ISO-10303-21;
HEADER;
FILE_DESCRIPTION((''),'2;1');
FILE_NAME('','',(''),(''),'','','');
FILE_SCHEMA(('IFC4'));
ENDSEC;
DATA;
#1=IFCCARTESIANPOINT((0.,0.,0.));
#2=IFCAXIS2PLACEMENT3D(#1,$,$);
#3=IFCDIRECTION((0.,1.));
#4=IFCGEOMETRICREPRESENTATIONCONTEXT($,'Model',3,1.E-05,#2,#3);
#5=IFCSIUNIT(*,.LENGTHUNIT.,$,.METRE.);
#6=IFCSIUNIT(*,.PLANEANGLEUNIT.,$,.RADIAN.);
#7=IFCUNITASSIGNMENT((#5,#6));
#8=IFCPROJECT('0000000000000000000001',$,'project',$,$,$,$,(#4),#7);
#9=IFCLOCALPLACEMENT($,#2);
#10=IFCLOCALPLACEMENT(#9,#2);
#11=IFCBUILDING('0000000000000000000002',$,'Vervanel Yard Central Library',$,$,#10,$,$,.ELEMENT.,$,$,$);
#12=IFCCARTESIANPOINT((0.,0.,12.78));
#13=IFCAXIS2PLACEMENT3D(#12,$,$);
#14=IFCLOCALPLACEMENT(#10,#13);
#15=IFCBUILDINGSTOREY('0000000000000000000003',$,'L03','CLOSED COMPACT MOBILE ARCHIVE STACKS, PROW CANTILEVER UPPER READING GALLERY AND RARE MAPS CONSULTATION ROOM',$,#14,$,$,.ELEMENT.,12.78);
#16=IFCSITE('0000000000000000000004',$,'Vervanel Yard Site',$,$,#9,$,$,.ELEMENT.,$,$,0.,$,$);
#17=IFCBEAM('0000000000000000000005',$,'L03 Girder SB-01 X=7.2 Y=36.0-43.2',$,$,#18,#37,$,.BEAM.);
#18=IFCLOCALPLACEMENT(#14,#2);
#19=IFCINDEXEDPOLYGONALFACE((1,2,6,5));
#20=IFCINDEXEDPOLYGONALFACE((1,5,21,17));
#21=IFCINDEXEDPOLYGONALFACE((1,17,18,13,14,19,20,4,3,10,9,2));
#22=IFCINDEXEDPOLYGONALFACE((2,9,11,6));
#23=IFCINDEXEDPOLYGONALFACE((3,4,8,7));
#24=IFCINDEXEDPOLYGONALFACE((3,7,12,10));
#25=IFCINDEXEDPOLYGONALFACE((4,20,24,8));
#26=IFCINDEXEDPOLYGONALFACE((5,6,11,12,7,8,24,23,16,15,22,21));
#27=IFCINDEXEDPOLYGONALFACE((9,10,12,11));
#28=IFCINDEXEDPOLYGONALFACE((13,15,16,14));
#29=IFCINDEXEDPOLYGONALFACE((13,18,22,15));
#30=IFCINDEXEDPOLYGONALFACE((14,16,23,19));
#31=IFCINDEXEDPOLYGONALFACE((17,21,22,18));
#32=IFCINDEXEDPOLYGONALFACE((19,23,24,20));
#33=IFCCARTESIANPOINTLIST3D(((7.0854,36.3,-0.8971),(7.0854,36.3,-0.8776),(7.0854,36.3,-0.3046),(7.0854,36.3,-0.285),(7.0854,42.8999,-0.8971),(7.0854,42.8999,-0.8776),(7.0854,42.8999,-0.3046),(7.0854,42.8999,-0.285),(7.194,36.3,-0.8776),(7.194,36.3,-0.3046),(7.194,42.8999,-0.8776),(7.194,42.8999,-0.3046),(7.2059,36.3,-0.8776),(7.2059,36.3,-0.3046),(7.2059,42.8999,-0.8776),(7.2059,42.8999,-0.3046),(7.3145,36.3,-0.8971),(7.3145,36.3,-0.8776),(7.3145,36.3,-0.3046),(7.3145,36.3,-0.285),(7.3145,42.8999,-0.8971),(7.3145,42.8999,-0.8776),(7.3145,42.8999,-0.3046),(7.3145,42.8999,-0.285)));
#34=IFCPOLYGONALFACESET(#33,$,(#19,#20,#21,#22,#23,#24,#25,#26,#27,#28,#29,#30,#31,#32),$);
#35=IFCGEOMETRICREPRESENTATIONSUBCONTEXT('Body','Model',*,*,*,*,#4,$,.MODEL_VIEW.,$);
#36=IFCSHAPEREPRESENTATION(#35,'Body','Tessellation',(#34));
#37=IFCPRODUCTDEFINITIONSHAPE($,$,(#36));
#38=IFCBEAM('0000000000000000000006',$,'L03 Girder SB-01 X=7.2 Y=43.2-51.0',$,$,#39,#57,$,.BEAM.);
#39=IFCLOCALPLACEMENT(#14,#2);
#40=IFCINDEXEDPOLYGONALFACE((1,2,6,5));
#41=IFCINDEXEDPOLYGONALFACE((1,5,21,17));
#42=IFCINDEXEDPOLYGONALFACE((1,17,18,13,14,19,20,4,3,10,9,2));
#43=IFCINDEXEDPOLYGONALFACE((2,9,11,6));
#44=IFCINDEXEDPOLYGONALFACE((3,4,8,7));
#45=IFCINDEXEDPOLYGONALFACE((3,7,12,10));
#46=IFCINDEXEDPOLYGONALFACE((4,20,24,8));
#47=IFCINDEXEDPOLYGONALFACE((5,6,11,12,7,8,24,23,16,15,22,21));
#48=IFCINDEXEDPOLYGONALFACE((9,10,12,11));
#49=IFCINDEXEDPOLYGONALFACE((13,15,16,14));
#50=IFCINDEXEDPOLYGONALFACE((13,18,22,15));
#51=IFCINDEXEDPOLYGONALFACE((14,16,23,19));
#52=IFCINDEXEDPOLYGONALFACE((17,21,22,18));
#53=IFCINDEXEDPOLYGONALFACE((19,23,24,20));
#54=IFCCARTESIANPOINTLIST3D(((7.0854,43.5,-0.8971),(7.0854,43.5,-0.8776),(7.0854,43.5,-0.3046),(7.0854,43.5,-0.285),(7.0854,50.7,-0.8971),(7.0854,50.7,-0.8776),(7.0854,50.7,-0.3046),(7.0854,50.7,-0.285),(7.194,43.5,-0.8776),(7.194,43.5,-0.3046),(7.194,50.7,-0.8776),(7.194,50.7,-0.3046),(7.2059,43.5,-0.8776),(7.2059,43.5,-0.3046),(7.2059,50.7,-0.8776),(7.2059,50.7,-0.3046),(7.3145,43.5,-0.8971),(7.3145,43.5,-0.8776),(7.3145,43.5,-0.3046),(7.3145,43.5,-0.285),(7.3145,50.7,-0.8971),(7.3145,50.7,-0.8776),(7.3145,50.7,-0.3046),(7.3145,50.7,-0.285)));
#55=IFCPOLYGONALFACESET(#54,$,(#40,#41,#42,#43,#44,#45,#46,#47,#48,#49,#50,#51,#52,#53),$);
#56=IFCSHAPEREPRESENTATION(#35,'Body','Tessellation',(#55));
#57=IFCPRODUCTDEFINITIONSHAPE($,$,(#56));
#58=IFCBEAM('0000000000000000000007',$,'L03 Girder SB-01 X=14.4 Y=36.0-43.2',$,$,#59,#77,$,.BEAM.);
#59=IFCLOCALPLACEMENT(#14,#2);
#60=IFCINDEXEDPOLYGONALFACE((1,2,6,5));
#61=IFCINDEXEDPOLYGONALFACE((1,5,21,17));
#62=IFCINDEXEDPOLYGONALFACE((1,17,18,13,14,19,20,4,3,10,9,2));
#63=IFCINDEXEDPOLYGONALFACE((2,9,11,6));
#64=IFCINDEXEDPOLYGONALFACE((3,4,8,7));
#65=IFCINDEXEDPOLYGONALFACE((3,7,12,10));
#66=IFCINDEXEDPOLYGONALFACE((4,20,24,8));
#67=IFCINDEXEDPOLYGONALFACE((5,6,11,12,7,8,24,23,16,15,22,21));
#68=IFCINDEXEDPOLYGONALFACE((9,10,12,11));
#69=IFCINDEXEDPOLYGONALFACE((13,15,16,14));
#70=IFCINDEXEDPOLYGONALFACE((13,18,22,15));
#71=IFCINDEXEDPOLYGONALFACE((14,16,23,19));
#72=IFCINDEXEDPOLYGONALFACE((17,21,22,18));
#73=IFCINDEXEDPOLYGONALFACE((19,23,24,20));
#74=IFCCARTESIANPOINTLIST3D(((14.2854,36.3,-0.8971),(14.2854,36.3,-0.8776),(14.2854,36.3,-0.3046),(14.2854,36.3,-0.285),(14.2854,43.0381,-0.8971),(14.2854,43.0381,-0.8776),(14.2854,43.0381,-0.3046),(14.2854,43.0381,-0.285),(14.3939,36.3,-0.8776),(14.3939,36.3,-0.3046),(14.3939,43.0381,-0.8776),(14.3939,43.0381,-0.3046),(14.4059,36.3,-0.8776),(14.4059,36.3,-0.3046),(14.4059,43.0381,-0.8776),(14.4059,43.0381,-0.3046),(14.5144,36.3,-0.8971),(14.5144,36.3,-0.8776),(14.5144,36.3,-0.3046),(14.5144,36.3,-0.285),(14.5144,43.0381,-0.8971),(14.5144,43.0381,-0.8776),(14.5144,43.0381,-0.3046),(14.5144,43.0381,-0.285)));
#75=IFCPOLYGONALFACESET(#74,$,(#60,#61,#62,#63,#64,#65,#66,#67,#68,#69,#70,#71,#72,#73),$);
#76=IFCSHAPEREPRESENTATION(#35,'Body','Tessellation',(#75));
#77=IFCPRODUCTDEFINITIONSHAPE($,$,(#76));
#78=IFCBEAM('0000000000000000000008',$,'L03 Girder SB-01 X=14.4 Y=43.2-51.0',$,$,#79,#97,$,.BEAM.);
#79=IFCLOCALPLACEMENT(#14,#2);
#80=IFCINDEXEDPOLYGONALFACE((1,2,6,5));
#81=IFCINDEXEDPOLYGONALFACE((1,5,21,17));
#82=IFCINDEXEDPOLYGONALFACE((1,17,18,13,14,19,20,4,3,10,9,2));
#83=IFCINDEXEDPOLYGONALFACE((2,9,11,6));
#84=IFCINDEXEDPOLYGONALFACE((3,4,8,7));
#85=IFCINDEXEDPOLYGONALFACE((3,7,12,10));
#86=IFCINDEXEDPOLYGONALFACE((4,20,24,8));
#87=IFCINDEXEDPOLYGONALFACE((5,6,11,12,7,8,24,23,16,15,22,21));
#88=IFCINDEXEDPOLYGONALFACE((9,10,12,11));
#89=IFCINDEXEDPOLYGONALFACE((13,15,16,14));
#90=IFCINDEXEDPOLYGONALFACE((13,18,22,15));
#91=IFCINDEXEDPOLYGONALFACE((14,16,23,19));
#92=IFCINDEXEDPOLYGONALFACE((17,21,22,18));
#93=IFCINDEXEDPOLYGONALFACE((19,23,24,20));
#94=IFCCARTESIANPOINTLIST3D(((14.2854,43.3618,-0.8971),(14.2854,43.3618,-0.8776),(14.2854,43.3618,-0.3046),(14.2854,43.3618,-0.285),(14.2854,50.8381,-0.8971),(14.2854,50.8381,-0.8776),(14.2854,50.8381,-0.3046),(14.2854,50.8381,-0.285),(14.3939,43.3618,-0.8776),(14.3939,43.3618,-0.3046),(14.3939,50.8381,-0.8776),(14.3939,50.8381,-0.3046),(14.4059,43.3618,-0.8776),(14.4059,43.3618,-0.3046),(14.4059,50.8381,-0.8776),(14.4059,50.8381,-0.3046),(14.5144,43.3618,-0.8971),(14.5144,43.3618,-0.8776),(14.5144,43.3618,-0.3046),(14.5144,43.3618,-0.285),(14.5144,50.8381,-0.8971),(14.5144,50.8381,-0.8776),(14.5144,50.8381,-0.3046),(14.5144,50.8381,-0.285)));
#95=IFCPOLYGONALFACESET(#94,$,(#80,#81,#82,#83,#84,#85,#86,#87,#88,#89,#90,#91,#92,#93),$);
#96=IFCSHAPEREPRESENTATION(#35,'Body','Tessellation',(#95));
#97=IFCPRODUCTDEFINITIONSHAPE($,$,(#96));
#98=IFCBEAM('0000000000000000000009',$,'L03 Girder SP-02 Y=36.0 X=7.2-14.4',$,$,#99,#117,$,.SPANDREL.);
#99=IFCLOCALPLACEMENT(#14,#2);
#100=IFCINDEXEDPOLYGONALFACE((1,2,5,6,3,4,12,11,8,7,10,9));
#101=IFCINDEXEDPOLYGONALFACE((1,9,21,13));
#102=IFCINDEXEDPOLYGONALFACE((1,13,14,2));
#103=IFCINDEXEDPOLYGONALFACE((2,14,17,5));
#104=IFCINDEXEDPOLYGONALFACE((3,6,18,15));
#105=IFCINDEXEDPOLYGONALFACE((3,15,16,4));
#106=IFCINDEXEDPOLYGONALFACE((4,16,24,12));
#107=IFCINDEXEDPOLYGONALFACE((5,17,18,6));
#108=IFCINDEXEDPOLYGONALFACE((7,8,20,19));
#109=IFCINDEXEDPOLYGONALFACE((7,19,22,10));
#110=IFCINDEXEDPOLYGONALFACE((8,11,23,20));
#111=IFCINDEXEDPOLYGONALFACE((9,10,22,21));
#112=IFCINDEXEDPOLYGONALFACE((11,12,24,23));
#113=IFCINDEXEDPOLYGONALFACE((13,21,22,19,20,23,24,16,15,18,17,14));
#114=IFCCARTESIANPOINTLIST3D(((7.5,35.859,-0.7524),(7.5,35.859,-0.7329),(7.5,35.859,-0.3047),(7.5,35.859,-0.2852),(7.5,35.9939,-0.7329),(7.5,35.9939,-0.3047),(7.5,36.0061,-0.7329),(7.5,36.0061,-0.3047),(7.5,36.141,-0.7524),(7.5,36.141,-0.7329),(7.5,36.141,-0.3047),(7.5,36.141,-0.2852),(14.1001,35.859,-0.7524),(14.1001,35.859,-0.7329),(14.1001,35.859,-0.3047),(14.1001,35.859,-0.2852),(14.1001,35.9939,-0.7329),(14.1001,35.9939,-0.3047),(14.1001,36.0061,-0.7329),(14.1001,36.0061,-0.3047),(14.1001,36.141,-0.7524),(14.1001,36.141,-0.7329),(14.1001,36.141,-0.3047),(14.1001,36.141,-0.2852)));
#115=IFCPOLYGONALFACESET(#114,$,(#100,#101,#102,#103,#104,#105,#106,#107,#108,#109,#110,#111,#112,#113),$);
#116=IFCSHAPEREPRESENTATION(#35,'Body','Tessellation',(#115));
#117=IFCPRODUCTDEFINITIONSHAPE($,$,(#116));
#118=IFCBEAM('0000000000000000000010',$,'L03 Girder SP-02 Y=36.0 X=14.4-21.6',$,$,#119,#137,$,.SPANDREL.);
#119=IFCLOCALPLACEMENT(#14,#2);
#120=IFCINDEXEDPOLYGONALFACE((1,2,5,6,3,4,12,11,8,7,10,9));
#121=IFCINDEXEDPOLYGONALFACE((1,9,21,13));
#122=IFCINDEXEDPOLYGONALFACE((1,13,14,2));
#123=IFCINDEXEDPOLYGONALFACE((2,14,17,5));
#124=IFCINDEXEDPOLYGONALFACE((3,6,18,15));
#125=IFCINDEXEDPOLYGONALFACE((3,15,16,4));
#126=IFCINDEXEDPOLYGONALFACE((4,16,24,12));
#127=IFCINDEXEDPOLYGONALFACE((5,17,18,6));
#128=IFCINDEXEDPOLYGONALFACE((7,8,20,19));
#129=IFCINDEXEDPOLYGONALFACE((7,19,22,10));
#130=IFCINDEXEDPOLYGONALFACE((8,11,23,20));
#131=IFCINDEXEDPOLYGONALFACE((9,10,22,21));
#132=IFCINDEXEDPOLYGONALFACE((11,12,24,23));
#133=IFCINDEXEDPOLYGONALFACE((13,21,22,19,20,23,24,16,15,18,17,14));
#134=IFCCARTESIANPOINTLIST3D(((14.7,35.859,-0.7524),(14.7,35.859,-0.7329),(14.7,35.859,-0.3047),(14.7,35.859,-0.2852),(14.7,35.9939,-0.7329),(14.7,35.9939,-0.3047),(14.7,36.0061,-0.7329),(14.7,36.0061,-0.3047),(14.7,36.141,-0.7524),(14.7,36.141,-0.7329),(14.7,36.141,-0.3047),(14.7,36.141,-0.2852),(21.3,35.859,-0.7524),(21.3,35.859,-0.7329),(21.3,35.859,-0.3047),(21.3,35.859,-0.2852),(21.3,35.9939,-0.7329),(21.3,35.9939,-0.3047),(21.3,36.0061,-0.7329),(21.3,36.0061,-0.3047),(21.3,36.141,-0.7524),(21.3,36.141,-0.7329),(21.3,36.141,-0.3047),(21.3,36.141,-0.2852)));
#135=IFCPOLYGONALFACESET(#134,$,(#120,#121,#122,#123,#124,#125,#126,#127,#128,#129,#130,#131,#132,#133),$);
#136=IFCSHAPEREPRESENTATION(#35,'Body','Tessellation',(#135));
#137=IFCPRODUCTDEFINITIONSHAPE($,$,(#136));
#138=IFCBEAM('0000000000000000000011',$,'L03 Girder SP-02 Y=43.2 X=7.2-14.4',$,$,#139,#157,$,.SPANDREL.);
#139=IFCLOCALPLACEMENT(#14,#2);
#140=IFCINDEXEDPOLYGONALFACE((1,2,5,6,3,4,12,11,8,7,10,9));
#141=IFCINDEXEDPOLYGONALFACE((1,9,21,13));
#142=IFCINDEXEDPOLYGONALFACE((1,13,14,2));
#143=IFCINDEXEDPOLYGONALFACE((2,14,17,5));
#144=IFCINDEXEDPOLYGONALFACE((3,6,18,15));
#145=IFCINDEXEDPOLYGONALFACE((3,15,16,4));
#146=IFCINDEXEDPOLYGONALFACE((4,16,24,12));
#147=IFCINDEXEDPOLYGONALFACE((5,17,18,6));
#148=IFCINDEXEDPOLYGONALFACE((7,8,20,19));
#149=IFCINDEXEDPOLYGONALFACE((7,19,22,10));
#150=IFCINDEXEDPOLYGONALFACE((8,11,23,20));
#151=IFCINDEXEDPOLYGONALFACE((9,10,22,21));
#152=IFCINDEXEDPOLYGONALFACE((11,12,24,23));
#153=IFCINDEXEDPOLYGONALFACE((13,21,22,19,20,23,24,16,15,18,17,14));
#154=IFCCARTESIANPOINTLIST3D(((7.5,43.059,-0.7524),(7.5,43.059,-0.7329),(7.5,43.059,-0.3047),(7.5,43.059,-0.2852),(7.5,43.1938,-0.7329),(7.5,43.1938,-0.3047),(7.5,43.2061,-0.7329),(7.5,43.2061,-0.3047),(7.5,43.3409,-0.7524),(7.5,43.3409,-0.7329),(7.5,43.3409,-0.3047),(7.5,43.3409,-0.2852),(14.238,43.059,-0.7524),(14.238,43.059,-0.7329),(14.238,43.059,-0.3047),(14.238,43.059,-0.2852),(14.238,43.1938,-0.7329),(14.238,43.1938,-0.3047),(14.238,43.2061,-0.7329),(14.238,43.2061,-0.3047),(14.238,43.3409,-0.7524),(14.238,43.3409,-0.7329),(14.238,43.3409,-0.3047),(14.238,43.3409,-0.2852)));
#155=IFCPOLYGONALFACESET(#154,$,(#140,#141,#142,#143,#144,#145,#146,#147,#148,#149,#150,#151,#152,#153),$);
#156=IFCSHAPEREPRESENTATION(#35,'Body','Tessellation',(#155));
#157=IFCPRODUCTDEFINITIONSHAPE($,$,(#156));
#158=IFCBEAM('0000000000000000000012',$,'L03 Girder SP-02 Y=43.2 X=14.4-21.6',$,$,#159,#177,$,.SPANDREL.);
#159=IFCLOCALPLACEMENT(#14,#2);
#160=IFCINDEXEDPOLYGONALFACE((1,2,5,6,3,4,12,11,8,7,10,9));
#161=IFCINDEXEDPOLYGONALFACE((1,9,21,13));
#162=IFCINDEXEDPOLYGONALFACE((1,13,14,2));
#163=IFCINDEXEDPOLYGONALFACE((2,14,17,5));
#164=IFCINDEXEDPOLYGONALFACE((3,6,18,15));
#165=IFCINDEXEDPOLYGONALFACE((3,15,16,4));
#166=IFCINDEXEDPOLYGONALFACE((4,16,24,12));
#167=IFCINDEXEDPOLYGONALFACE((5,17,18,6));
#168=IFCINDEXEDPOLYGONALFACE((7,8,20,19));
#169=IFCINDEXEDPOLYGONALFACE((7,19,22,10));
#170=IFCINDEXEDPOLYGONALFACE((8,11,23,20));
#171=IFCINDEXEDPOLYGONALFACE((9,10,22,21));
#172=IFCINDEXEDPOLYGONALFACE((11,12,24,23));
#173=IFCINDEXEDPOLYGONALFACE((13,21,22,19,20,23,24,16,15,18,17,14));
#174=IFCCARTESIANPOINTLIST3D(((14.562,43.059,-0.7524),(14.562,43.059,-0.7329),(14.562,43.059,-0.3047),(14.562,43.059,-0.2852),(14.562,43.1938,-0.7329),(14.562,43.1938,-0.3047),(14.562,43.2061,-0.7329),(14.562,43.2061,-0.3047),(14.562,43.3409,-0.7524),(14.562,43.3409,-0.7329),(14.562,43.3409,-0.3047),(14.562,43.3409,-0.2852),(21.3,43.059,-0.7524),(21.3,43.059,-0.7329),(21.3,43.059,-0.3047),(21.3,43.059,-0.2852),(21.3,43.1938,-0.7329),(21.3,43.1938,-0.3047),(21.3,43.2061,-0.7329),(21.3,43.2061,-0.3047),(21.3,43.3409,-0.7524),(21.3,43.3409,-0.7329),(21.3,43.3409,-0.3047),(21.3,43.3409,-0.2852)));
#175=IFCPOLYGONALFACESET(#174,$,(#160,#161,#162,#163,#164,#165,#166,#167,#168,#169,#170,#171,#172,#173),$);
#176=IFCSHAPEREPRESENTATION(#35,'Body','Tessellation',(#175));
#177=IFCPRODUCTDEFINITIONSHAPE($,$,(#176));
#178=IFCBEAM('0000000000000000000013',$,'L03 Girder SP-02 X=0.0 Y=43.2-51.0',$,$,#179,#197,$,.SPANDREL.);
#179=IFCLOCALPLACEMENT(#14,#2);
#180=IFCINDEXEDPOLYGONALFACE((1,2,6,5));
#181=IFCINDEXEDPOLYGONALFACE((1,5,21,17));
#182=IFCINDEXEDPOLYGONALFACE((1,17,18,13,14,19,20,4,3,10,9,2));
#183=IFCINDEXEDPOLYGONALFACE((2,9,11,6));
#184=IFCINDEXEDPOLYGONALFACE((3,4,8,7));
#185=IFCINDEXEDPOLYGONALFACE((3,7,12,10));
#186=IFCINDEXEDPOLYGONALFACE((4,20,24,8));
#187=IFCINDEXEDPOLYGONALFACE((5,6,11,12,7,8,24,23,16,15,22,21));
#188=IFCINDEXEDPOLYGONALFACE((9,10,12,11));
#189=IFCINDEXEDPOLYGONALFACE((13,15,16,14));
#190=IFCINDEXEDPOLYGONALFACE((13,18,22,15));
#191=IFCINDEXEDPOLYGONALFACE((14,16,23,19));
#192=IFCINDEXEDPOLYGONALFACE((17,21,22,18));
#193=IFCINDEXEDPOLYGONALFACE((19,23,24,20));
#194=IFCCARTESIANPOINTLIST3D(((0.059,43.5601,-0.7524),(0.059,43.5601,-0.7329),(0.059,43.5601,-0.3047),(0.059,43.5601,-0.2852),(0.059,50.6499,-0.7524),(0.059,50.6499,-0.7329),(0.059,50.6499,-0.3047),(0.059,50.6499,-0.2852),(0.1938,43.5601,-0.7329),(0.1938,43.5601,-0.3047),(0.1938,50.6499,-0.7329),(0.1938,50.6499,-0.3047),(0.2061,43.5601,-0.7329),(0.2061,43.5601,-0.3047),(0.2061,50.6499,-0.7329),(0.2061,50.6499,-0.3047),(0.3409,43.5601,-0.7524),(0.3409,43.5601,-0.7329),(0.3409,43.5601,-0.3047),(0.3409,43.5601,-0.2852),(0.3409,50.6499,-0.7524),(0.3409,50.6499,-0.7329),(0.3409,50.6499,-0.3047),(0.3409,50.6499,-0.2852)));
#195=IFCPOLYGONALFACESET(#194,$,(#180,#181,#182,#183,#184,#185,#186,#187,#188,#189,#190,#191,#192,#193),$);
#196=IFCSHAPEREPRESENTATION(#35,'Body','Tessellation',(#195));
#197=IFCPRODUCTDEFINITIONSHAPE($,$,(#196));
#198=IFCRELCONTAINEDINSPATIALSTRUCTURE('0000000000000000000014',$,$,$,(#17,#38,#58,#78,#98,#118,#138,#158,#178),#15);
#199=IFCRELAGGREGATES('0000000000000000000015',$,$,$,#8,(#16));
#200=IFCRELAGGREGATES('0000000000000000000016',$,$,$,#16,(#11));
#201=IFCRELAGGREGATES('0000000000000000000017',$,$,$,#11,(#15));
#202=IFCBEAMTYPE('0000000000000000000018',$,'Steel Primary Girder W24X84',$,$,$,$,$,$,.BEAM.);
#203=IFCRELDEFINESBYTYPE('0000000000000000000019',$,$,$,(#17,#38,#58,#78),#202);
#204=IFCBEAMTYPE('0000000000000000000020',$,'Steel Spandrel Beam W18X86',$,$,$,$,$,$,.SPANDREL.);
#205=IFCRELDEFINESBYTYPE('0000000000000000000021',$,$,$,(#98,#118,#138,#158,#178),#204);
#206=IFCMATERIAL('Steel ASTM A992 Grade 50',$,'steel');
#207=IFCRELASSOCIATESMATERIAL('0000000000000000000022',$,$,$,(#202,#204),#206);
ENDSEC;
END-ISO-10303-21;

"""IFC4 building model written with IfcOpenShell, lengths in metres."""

from ifc_helpers import new_model, si_unit, direction, frame, origin, origin_2d, place, context, subcontext, project, spatial, i_section, extrude, material, material_profile, profile_set, type_object, element, save


model = new_model("IFC4")

# Units and contexts
model_context = context("Model", 3, precision=1e-05, world=origin(), true_north=direction((0.0, 1.0)))
body_context = subcontext(model_context, "Body", "Model", "MODEL_VIEW")
ifc_project = project(units=[si_unit("LENGTHUNIT", "METRE"), si_unit("PLANEANGLEUNIT", "RADIAN")], contexts=[model_context])

# Site, building, storey
site_placement = place(None, origin())
site = spatial("IfcSite", under=ifc_project, at=site_placement, Name="Vervanel Yard Site", CompositionType="ELEMENT", RefElevation=0.0)
building_placement = place(site_placement, origin())
building = spatial("IfcBuilding", under=site, at=building_placement, Name="Vervanel Yard Central Library", CompositionType="ELEMENT")
storey_placement = place(building_placement, frame((0.0, 0.0, 12.78)))
storey = spatial("IfcBuildingStorey", under=building, at=storey_placement, Name="L03", Description="CLOSED COMPACT MOBILE ARCHIVE STACKS, PROW CANTILEVER UPPER READING GALLERY AND RARE MAPS CONSULTATION ROOM", CompositionType="ELEMENT", Elevation=12.78)

# Shared definitions
ifc_material_1 = material(Name="Steel ASTM A992 Grade 50", Category="steel")

# Beams
ifc_material_profile_1 = material_profile(ifc_material_1, i_section(OverallWidth=0.229, OverallDepth=0.6121, WebThickness=0.012, FlangeThickness=0.0195, at=origin_2d()), Name="W24X84", Category="steel")
ifc_profile_set_1 = profile_set([ifc_material_profile_1], Name="Steel ASTM A992 Grade 50")
beam_type_1 = type_object("IfcBeamType", Name="Steel Primary Girder W24X84", PredefinedType="BEAM", material=ifc_profile_set_1)
beam_1_placement = place(storey_placement, frame((7.2, 36.3, -0.5911), z_axis=(0.0, 1.0, 0.0), x_axis=(-1.0, 0.0, 0.0)))
element("IfcBeam", 1, at=beam_1_placement, inside=storey, type_object=beam_type_1, Name="L03 Girder SB-01 X=7.2 Y=36.0-43.2", PredefinedType="BEAM", context=body_context, shape_type="SweptSolid", body=[
    extrude(i_section(OverallWidth=0.229, OverallDepth=0.6121, WebThickness=0.012, FlangeThickness=0.0195, at=origin_2d()), origin(), (0.0, 0.0, 1.0), 6.5999),
])
beam_2_placement = place(storey_placement, frame((7.2, 43.5, -0.5911), z_axis=(0.0, 1.0, 0.0), x_axis=(-1.0, 0.0, 0.0)))
element("IfcBeam", 2, at=beam_2_placement, inside=storey, type_object=beam_type_1, Name="L03 Girder SB-01 X=7.2 Y=43.2-51.0", PredefinedType="BEAM", context=body_context, shape_type="SweptSolid", body=[
    extrude(i_section(OverallWidth=0.229, OverallDepth=0.6121, WebThickness=0.012, FlangeThickness=0.0195, at=origin_2d()), origin(), (0.0, 0.0, 1.0), 7.2),
])
beam_3_placement = place(storey_placement, frame((14.3999, 36.3, -0.5911), z_axis=(0.0, 1.0, 0.0), x_axis=(-1.0, 0.0, 0.0)))
element("IfcBeam", 3, at=beam_3_placement, inside=storey, type_object=beam_type_1, Name="L03 Girder SB-01 X=14.4 Y=36.0-43.2", PredefinedType="BEAM", context=body_context, shape_type="SweptSolid", body=[
    extrude(i_section(OverallWidth=0.229, OverallDepth=0.6121, WebThickness=0.012, FlangeThickness=0.0195, at=origin_2d()), origin(), (0.0, 0.0, 1.0), 6.738),
])
beam_4_placement = place(storey_placement, frame((14.3999, 43.3618, -0.5911), z_axis=(0.0, 1.0, 0.0), x_axis=(-1.0, 0.0, 0.0)))
element("IfcBeam", 4, at=beam_4_placement, inside=storey, type_object=beam_type_1, Name="L03 Girder SB-01 X=14.4 Y=43.2-51.0", PredefinedType="BEAM", context=body_context, shape_type="SweptSolid", body=[
    extrude(i_section(OverallWidth=0.229, OverallDepth=0.6121, WebThickness=0.012, FlangeThickness=0.0195, at=origin_2d()), origin(), (0.0, 0.0, 1.0), 7.4763),
])
ifc_material_profile_2 = material_profile(ifc_material_1, i_section(OverallWidth=0.282, OverallDepth=0.4673, WebThickness=0.0122, FlangeThickness=0.0195, at=origin_2d()), Name="W18X86", Category="steel")
ifc_profile_set_2 = profile_set([ifc_material_profile_2], Name="Steel ASTM A992 Grade 50")
beam_type_2 = type_object("IfcBeamType", Name="Steel Spandrel Beam W18X86", PredefinedType="SPANDREL", material=ifc_profile_set_2)
for number, where, z_axis, x_axis, name in (
    (5, (7.5, 36.0, -0.5188), (1.0, 0.0, 0.0), (0.0, 1.0, 0.0), "L03 Girder SP-02 Y=36.0 X=7.2-14.4"),
    (6, (14.7, 36.0, -0.5188), (1.0, 0.0, 0.0), (0.0, 1.0, 0.0), "L03 Girder SP-02 Y=36.0 X=14.4-21.6"),
):
    element("IfcBeam", number, at=place(storey_placement, frame(where, z_axis=z_axis, x_axis=x_axis)), inside=storey, type_object=beam_type_2, Name=name, PredefinedType="SPANDREL", context=body_context, shape_type="SweptSolid", body=[
        extrude(i_section(OverallWidth=0.282, OverallDepth=0.4673, WebThickness=0.0122, FlangeThickness=0.0195, at=origin_2d()), origin(), (0.0, 0.0, 1.0), 6.6001),
    ])
for number, where, z_axis, x_axis, name in (
    (7, (7.5, 43.2, -0.5188), (1.0, 0.0, 0.0), (0.0, 1.0, 0.0), "L03 Girder SP-02 Y=43.2 X=7.2-14.4"),
    (8, (14.562, 43.2, -0.5188), (1.0, 0.0, 0.0), (0.0, 1.0, 0.0), "L03 Girder SP-02 Y=43.2 X=14.4-21.6"),
):
    element("IfcBeam", number, at=place(storey_placement, frame(where, z_axis=z_axis, x_axis=x_axis)), inside=storey, type_object=beam_type_2, Name=name, PredefinedType="SPANDREL", context=body_context, shape_type="SweptSolid", body=[
        extrude(i_section(OverallWidth=0.282, OverallDepth=0.4673, WebThickness=0.0122, FlangeThickness=0.0195, at=origin_2d()), origin(), (0.0, 0.0, 1.0), 6.738),
    ])
beam_5_placement = place(storey_placement, frame((0.2, 43.5601, -0.5188), z_axis=(0.0, 1.0, 0.0), x_axis=(-1.0, 0.0, 0.0)))
element("IfcBeam", 9, at=beam_5_placement, inside=storey, type_object=beam_type_2, Name="L03 Girder SP-02 X=0.0 Y=43.2-51.0", PredefinedType="SPANDREL", context=body_context, shape_type="SweptSolid", body=[
    extrude(i_section(OverallWidth=0.282, OverallDepth=0.4673, WebThickness=0.0122, FlangeThickness=0.0195, at=origin_2d()), origin(), (0.0, 0.0, 1.0), 7.0898),
])

save(model, "model.ifc")
